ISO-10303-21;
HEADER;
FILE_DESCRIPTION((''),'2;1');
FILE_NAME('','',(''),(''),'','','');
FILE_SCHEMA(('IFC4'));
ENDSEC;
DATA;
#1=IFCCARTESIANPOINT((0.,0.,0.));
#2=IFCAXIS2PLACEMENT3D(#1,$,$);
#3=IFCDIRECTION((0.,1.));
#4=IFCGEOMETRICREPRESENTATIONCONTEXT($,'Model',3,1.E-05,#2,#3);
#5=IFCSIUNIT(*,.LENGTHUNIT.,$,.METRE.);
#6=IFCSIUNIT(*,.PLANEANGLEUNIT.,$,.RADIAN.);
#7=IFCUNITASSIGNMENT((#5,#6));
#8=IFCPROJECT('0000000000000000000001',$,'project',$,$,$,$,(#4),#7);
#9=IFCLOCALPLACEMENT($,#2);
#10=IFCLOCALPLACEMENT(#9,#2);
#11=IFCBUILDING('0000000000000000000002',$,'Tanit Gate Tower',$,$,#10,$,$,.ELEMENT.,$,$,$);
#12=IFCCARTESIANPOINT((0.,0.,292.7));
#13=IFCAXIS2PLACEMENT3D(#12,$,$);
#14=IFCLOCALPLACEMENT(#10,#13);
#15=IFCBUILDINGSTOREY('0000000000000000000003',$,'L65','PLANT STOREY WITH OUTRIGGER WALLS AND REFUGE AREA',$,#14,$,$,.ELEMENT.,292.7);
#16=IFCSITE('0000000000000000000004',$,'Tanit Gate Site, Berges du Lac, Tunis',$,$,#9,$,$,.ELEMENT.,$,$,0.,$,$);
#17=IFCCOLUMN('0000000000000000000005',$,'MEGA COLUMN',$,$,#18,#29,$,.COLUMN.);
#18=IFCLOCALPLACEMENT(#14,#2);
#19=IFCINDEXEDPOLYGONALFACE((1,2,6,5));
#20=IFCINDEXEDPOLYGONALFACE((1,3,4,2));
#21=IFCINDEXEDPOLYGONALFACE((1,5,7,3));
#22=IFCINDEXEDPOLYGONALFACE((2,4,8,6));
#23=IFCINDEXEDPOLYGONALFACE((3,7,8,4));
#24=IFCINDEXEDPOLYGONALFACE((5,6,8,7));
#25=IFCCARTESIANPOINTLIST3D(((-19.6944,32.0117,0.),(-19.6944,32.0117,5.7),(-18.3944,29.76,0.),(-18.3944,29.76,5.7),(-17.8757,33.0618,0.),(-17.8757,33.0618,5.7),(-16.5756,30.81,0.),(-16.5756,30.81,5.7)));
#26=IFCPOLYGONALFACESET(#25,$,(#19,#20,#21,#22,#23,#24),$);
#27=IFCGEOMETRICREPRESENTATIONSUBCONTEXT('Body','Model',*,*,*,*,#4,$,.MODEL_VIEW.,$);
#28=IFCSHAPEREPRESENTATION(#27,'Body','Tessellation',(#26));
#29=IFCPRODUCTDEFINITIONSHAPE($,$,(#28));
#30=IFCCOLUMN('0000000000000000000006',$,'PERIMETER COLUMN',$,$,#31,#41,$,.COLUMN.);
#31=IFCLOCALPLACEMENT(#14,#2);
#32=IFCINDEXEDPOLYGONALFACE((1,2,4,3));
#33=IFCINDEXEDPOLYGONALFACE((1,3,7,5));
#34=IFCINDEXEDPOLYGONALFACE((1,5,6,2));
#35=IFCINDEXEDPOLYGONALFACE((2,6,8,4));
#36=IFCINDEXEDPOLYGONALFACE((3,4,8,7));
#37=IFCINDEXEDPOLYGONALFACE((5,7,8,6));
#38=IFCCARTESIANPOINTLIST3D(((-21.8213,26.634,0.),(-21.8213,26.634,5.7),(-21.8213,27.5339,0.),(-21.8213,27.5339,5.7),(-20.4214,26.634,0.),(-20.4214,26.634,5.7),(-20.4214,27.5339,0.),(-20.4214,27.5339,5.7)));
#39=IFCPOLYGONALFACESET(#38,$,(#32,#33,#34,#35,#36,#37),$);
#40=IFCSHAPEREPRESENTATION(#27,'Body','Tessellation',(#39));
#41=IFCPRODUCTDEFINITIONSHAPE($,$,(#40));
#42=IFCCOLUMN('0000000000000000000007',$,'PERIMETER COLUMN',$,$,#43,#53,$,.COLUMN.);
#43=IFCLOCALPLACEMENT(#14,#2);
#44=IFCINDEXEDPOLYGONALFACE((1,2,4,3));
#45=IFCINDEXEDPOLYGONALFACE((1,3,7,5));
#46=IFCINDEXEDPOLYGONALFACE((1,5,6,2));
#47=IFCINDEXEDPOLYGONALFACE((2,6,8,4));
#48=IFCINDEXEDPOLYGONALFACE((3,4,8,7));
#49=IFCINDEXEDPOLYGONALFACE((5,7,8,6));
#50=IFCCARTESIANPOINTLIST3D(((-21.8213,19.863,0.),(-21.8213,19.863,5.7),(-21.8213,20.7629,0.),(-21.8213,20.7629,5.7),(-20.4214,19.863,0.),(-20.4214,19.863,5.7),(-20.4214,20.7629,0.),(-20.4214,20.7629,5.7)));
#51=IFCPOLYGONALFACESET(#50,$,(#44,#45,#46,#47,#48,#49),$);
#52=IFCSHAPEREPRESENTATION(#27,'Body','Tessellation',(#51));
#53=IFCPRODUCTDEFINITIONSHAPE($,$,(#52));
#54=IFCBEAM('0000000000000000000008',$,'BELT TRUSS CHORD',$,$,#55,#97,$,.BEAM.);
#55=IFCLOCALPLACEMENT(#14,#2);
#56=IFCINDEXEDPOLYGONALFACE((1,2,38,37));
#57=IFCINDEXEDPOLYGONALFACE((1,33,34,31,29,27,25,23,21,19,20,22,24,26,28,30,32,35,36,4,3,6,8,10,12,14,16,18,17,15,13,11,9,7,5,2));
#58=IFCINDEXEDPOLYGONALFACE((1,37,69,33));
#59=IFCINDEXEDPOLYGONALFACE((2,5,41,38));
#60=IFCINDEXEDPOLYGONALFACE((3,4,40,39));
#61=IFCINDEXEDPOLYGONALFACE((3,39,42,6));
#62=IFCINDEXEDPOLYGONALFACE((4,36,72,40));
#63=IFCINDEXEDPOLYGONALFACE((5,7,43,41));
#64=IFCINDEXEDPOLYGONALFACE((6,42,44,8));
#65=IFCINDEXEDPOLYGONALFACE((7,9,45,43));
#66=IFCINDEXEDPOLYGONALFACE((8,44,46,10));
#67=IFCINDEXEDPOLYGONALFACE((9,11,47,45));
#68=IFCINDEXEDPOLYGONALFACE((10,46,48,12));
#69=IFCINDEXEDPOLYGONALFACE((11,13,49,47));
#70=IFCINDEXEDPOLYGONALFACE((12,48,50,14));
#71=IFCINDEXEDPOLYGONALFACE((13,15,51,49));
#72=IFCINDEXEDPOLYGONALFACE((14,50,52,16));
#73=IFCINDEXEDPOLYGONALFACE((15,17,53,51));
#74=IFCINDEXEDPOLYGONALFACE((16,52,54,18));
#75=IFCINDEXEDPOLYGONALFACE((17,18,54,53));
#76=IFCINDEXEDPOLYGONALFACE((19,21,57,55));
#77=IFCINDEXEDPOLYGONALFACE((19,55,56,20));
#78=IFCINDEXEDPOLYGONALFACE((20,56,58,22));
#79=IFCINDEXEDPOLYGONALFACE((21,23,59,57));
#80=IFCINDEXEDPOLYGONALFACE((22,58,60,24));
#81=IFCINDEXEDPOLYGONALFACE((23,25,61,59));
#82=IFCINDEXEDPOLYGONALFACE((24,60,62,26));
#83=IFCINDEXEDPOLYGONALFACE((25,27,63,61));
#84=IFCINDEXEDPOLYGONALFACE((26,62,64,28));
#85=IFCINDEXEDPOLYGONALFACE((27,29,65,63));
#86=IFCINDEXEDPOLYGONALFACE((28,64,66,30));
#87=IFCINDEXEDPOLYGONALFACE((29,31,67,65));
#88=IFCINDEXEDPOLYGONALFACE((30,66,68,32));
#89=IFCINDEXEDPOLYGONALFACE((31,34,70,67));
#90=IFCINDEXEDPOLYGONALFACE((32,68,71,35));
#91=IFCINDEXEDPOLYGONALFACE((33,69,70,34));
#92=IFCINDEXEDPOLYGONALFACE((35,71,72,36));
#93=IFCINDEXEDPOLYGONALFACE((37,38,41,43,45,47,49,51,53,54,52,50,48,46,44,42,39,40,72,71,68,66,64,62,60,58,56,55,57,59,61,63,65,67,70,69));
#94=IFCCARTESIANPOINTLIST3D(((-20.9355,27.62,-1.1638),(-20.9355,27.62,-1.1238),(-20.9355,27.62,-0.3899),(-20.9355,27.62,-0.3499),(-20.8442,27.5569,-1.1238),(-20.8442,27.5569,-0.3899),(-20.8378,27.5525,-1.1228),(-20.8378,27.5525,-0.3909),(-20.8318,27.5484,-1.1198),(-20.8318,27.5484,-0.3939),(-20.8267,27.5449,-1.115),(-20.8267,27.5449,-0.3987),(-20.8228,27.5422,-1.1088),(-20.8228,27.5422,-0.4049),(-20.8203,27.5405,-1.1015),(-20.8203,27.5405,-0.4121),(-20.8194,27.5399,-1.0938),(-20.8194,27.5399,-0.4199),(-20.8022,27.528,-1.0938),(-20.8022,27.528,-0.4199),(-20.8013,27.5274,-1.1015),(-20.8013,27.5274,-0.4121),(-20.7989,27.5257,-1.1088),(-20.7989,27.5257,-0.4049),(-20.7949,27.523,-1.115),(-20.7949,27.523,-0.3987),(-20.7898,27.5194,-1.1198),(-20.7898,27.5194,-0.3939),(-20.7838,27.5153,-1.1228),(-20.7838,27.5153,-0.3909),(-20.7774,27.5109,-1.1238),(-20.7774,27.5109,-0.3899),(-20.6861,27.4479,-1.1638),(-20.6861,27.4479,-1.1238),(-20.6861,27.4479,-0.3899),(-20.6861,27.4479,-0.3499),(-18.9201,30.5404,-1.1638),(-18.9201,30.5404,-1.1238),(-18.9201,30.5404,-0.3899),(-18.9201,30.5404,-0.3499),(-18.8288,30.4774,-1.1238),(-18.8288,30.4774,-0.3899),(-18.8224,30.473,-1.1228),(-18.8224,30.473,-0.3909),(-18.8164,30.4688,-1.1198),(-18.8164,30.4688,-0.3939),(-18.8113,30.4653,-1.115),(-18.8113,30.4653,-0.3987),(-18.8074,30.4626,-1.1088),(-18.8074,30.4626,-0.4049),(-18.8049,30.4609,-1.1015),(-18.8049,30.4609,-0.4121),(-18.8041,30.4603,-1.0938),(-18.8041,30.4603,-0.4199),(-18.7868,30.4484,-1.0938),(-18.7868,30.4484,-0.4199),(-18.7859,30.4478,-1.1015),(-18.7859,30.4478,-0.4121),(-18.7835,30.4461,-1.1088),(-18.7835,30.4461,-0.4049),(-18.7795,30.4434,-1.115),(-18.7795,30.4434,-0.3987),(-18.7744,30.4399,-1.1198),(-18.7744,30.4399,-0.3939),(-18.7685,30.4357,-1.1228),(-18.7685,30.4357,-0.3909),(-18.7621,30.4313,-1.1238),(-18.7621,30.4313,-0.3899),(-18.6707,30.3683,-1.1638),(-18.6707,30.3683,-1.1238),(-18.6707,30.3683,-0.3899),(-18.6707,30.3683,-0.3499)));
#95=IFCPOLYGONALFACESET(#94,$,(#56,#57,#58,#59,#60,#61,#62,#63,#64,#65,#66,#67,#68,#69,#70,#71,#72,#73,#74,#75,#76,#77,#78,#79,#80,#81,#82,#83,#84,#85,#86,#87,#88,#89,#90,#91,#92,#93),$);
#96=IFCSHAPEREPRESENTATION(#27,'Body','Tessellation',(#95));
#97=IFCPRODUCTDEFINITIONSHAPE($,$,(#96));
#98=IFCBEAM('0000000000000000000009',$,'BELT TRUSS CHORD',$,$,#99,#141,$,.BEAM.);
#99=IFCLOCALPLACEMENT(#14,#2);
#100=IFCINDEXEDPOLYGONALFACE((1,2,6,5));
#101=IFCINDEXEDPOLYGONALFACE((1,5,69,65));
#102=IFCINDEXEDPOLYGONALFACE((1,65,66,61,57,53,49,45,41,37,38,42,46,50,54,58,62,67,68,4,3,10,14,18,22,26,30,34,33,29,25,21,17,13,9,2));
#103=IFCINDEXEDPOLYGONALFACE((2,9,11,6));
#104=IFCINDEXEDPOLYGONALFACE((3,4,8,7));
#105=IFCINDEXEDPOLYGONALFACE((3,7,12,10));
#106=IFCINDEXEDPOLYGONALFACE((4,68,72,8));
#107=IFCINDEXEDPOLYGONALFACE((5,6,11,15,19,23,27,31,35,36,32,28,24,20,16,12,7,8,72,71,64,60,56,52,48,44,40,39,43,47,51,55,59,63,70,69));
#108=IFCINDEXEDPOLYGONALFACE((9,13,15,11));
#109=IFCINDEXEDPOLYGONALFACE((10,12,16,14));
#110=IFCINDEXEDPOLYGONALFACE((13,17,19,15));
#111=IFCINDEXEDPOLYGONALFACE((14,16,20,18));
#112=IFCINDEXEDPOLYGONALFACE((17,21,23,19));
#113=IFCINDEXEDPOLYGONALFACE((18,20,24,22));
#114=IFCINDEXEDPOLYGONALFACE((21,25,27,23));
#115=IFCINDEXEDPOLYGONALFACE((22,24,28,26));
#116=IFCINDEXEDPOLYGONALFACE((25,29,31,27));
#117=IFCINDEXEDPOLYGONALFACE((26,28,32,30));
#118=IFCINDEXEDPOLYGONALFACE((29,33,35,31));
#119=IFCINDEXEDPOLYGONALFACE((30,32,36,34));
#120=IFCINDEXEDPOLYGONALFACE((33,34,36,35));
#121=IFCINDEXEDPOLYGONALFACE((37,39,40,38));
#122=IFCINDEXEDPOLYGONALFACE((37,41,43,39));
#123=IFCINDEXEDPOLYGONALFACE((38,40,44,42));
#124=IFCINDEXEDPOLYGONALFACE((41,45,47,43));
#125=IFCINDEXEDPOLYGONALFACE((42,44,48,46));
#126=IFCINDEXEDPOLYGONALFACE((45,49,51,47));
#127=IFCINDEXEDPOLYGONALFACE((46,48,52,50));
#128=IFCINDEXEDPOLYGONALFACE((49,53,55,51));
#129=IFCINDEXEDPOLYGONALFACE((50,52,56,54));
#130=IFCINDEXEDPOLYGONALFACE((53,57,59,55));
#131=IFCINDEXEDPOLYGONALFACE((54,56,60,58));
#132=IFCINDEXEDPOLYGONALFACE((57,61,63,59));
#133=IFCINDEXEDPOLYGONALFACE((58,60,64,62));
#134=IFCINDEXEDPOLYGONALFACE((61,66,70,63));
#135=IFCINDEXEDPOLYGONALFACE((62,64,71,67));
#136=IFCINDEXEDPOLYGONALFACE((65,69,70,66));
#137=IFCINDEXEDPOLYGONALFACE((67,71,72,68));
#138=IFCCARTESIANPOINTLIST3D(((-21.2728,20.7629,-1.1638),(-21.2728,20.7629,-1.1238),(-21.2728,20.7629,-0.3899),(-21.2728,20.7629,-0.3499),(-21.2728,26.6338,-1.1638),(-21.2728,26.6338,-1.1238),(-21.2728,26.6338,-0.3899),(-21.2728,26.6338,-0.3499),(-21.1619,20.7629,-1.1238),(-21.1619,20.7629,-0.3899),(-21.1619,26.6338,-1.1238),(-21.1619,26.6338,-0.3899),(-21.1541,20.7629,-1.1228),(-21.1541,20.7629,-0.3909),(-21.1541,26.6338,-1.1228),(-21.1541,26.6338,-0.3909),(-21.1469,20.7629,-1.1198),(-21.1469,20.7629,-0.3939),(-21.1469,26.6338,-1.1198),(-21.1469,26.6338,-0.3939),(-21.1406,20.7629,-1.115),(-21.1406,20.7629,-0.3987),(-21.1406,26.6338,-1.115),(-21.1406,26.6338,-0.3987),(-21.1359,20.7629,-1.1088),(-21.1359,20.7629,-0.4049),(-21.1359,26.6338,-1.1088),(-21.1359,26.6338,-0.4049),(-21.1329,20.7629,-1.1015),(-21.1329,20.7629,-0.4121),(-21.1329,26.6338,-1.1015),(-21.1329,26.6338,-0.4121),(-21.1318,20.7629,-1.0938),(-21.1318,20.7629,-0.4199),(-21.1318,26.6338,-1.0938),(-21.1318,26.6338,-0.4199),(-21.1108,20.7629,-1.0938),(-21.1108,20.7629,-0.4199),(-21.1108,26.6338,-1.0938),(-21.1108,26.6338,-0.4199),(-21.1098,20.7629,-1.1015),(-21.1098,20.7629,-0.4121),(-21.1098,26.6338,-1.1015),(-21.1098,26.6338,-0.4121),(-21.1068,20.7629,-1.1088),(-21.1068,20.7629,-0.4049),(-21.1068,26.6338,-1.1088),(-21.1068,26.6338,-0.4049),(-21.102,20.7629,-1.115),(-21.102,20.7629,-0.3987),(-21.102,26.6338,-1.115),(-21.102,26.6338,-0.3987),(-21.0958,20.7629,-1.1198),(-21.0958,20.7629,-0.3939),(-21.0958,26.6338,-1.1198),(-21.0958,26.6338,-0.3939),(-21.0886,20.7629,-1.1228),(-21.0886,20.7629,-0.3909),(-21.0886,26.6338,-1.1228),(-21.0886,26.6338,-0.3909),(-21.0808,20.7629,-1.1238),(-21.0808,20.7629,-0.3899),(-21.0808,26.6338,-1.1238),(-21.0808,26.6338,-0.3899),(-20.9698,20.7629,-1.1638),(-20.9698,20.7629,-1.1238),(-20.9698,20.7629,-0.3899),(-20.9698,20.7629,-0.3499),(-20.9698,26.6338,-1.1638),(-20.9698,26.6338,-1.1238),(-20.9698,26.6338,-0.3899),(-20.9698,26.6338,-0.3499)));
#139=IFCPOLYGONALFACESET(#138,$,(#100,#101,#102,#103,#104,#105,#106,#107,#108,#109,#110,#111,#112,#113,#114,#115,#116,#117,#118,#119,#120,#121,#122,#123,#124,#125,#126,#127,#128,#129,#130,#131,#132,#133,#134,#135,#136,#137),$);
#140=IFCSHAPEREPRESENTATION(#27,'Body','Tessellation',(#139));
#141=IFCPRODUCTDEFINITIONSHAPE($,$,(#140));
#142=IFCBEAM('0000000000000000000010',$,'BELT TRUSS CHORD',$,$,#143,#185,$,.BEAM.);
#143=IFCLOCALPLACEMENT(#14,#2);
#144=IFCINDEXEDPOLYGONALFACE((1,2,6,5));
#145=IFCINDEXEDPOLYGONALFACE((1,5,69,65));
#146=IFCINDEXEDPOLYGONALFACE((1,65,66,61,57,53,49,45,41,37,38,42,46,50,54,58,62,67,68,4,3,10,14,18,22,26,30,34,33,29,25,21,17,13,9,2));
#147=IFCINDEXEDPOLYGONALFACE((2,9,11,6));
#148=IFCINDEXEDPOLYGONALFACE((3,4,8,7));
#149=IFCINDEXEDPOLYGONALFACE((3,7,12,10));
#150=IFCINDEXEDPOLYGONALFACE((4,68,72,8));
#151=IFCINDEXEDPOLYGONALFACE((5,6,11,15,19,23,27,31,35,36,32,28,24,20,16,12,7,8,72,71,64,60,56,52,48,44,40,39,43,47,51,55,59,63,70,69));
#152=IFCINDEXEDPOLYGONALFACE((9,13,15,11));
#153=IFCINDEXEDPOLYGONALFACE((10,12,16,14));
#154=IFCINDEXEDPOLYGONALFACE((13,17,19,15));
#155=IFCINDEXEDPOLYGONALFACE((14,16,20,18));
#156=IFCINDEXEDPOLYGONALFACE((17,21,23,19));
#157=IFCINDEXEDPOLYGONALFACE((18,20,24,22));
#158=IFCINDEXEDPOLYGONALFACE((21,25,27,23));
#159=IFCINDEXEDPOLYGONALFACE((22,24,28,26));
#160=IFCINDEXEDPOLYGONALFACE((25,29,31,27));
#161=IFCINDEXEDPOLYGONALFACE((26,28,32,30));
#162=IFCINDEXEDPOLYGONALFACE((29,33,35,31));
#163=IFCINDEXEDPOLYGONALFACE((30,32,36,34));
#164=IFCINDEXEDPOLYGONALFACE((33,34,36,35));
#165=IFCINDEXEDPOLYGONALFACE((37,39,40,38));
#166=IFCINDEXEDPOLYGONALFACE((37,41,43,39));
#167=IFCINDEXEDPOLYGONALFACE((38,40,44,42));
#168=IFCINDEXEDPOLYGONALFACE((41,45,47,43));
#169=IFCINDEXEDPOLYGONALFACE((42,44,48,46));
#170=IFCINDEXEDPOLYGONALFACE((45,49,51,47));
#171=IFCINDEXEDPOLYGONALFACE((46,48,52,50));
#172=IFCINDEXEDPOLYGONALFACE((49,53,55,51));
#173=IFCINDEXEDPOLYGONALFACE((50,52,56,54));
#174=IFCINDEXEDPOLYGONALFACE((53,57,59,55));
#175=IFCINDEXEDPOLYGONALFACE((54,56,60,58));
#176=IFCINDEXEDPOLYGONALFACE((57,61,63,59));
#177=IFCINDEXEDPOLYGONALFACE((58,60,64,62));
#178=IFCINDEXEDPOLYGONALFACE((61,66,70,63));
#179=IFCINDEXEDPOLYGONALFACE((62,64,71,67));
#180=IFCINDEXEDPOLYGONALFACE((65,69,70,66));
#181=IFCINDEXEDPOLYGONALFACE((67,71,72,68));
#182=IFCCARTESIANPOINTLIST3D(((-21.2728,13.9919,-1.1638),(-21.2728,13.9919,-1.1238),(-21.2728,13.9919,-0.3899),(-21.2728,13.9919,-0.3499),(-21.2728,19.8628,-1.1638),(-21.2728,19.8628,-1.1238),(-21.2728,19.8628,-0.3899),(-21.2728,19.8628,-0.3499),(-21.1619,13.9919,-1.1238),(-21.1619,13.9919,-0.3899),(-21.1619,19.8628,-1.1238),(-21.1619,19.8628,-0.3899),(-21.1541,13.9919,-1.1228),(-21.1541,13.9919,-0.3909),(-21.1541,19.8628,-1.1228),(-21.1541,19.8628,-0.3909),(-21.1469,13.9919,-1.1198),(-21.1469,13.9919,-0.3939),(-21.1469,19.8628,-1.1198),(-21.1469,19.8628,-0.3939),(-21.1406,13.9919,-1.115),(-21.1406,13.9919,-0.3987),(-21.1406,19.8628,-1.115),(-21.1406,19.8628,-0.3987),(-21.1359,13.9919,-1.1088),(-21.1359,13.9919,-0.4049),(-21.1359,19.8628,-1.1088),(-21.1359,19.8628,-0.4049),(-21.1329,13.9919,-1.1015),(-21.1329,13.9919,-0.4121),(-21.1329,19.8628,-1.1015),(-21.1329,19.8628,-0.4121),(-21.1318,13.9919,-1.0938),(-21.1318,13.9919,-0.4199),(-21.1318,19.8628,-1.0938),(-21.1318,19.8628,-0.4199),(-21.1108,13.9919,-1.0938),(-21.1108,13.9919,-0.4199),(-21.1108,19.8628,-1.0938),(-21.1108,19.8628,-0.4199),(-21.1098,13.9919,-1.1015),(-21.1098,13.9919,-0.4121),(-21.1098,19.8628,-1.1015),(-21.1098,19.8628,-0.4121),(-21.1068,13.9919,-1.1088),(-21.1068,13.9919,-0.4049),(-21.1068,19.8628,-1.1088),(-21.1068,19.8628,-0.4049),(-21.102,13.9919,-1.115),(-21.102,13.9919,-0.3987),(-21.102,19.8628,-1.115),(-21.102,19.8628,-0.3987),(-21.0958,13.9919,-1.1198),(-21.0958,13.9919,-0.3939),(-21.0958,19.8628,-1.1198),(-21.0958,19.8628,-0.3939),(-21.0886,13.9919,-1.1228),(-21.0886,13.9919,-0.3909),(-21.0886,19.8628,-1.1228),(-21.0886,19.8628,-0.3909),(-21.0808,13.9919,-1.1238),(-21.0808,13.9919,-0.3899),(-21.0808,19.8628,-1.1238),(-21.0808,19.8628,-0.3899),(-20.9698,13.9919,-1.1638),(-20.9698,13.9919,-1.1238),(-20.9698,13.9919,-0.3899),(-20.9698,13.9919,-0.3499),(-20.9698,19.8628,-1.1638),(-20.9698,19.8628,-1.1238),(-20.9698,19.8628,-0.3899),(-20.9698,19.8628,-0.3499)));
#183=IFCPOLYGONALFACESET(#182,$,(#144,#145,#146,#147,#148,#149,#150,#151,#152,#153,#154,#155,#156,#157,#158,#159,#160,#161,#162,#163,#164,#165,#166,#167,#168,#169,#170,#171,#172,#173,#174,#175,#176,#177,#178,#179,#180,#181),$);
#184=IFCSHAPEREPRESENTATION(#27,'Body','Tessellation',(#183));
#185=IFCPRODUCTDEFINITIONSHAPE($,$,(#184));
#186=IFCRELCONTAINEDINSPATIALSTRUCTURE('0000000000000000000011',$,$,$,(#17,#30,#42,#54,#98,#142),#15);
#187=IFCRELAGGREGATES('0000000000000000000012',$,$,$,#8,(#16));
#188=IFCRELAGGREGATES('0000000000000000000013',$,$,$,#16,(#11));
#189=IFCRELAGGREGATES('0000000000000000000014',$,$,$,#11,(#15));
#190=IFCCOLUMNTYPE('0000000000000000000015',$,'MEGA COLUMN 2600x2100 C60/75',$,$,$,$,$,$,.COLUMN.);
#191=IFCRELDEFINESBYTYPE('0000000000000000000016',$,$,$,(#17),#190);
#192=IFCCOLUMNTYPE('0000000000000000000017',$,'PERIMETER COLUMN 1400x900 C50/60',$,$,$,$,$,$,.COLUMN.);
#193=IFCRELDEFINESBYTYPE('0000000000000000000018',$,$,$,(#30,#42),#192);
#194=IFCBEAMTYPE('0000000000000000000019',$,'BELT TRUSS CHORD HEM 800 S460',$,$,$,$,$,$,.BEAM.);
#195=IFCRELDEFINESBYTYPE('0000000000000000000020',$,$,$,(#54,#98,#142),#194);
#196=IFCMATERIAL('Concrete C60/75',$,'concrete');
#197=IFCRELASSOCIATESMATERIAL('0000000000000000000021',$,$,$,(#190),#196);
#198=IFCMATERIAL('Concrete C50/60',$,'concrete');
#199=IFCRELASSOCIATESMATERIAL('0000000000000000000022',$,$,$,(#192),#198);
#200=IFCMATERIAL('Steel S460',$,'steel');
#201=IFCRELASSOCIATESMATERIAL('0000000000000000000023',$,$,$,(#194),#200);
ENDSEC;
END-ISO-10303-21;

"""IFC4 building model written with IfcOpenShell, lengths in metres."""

from ifc_helpers import new_model, si_unit, direction, frame, origin, origin_2d, place, context, subcontext, project, spatial, rectangle, i_section, extrude, material, material_profile, profile_set, type_object, element, save


model = new_model("IFC4")

# Units and contexts
model_context = context("Model", 3, precision=1e-05, world=origin(), true_north=direction((0.0, 1.0)))
body_context = subcontext(model_context, "Body", "Model", "MODEL_VIEW")
ifc_project = project(units=[si_unit("LENGTHUNIT", "METRE"), si_unit("PLANEANGLEUNIT", "RADIAN")], contexts=[model_context])

# Site, building, storey
site_placement = place(None, origin())
site = spatial("IfcSite", under=ifc_project, at=site_placement, Name="Tanit Gate Site, Berges du Lac, Tunis", CompositionType="ELEMENT", RefElevation=0.0)
building_placement = place(site_placement, origin())
building = spatial("IfcBuilding", under=site, at=building_placement, Name="Tanit Gate Tower", CompositionType="ELEMENT")
storey_placement = place(building_placement, frame((0.0, 0.0, 292.7)))
storey = spatial("IfcBuildingStorey", under=building, at=storey_placement, Name="L65", Description="PLANT STOREY WITH OUTRIGGER WALLS AND REFUGE AREA", CompositionType="ELEMENT", Elevation=292.7)

# Columns
ifc_material_1 = material(Name="Concrete C60/75", Category="concrete")
ifc_material_profile_1 = material_profile(ifc_material_1, rectangle(XDim=2.6001, YDim=2.1001, at=origin_2d()), Name="RC 2600x2100")
ifc_profile_set_1 = profile_set([ifc_material_profile_1], Name="Concrete C60/75")
column_type_1 = type_object("IfcColumnType", Name="MEGA COLUMN 2600x2100 C60/75", PredefinedType="COLUMN", material=ifc_profile_set_1)
column_placement = place(storey_placement, frame((-18.135, 31.4109, 0.0), z_axis=(0.0, 0.0, 1.0), x_axis=(-0.5, 0.866025, 0.0)))
element("IfcColumn", 1, at=column_placement, inside=storey, type_object=column_type_1, Name="MEGA COLUMN", PredefinedType="COLUMN", context=body_context, shape_type="SweptSolid", body=[
    extrude(rectangle(XDim=2.6001, YDim=2.1001, at=origin_2d()), origin(), (0.0, 0.0, 1.0), 5.7),
])
ifc_material_2 = material(Name="Concrete C50/60", Category="concrete")
ifc_material_profile_2 = material_profile(ifc_material_2, rectangle(XDim=1.3999, YDim=0.8999, at=origin_2d()), Name="RC 1400x900")
ifc_profile_set_2 = profile_set([ifc_material_profile_2], Name="Concrete C50/60")
column_type_2 = type_object("IfcColumnType", Name="PERIMETER COLUMN 1400x900 C50/60", PredefinedType="COLUMN", material=ifc_profile_set_2)
for number, where, z_axis, x_axis, name in (
    (2, (-21.1213, 27.084, 0.0), (0.0, 0.0, 1.0), (-1.0, 0.0, 0.0), "PERIMETER COLUMN"),
    (3, (-21.1213, 20.313, 0.0), (0.0, 0.0, 1.0), (-1.0, 0.0, 0.0), "PERIMETER COLUMN"),
):
    element("IfcColumn", number, at=place(storey_placement, frame(where, z_axis=z_axis, x_axis=x_axis)), inside=storey, type_object=column_type_2, Name=name, PredefinedType="COLUMN", context=body_context, shape_type="SweptSolid", body=[
        extrude(rectangle(XDim=1.3999, YDim=0.8999, at=origin_2d()), origin(), (0.0, 0.0, 1.0), 5.7),
    ])

# Beams
ifc_material_3 = material(Name="Steel S460", Category="steel")
ifc_material_profile_3 = material_profile(ifc_material_3, i_section(OverallWidth=0.303, OverallDepth=0.814, WebThickness=0.021, FlangeThickness=0.04, FilletRadius=0.03, at=origin_2d()), Name="HEM 800")
ifc_profile_set_3 = profile_set([ifc_material_profile_3], Name="Steel S460")
beam_type_1 = type_object("IfcBeamType", Name="BELT TRUSS CHORD HEM 800 S460", PredefinedType="BEAM", material=ifc_profile_set_3)
beam_1_placement = place(storey_placement, frame((-18.7954, 30.4543, -0.7568), z_axis=(-0.567982, -0.823041, 0.0), x_axis=(0.823041, -0.567982, 0.0)))
element("IfcBeam", 4, at=beam_1_placement, inside=storey, type_object=beam_type_1, Name="BELT TRUSS CHORD", PredefinedType="BEAM", context=body_context, shape_type="SweptSolid", body=[
    extrude(i_section(OverallWidth=0.303, OverallDepth=0.814, WebThickness=0.021, FlangeThickness=0.04, FilletRadius=0.03, at=origin_2d()), origin(), (0.0, 0.0, 1.0), 3.5483),
])
for number, where, z_axis, x_axis, name in (
    (5, (-21.1213, 26.6338, -0.7568), (0.0, -1.0, 0.0), (1.0, 0.0, 0.0), "BELT TRUSS CHORD"),
    (6, (-21.1213, 19.8628, -0.7568), (0.0, -1.0, 0.0), (1.0, 0.0, 0.0), "BELT TRUSS CHORD"),
):
    element("IfcBeam", number, at=place(storey_placement, frame(where, z_axis=z_axis, x_axis=x_axis)), inside=storey, type_object=beam_type_1, Name=name, PredefinedType="BEAM", context=body_context, shape_type="SweptSolid", body=[
        extrude(i_section(OverallWidth=0.303, OverallDepth=0.814, WebThickness=0.021, FlangeThickness=0.04, FilletRadius=0.03, at=origin_2d()), origin(), (0.0, 0.0, 1.0), 5.8708),
    ])

save(model, "model.ifc")
